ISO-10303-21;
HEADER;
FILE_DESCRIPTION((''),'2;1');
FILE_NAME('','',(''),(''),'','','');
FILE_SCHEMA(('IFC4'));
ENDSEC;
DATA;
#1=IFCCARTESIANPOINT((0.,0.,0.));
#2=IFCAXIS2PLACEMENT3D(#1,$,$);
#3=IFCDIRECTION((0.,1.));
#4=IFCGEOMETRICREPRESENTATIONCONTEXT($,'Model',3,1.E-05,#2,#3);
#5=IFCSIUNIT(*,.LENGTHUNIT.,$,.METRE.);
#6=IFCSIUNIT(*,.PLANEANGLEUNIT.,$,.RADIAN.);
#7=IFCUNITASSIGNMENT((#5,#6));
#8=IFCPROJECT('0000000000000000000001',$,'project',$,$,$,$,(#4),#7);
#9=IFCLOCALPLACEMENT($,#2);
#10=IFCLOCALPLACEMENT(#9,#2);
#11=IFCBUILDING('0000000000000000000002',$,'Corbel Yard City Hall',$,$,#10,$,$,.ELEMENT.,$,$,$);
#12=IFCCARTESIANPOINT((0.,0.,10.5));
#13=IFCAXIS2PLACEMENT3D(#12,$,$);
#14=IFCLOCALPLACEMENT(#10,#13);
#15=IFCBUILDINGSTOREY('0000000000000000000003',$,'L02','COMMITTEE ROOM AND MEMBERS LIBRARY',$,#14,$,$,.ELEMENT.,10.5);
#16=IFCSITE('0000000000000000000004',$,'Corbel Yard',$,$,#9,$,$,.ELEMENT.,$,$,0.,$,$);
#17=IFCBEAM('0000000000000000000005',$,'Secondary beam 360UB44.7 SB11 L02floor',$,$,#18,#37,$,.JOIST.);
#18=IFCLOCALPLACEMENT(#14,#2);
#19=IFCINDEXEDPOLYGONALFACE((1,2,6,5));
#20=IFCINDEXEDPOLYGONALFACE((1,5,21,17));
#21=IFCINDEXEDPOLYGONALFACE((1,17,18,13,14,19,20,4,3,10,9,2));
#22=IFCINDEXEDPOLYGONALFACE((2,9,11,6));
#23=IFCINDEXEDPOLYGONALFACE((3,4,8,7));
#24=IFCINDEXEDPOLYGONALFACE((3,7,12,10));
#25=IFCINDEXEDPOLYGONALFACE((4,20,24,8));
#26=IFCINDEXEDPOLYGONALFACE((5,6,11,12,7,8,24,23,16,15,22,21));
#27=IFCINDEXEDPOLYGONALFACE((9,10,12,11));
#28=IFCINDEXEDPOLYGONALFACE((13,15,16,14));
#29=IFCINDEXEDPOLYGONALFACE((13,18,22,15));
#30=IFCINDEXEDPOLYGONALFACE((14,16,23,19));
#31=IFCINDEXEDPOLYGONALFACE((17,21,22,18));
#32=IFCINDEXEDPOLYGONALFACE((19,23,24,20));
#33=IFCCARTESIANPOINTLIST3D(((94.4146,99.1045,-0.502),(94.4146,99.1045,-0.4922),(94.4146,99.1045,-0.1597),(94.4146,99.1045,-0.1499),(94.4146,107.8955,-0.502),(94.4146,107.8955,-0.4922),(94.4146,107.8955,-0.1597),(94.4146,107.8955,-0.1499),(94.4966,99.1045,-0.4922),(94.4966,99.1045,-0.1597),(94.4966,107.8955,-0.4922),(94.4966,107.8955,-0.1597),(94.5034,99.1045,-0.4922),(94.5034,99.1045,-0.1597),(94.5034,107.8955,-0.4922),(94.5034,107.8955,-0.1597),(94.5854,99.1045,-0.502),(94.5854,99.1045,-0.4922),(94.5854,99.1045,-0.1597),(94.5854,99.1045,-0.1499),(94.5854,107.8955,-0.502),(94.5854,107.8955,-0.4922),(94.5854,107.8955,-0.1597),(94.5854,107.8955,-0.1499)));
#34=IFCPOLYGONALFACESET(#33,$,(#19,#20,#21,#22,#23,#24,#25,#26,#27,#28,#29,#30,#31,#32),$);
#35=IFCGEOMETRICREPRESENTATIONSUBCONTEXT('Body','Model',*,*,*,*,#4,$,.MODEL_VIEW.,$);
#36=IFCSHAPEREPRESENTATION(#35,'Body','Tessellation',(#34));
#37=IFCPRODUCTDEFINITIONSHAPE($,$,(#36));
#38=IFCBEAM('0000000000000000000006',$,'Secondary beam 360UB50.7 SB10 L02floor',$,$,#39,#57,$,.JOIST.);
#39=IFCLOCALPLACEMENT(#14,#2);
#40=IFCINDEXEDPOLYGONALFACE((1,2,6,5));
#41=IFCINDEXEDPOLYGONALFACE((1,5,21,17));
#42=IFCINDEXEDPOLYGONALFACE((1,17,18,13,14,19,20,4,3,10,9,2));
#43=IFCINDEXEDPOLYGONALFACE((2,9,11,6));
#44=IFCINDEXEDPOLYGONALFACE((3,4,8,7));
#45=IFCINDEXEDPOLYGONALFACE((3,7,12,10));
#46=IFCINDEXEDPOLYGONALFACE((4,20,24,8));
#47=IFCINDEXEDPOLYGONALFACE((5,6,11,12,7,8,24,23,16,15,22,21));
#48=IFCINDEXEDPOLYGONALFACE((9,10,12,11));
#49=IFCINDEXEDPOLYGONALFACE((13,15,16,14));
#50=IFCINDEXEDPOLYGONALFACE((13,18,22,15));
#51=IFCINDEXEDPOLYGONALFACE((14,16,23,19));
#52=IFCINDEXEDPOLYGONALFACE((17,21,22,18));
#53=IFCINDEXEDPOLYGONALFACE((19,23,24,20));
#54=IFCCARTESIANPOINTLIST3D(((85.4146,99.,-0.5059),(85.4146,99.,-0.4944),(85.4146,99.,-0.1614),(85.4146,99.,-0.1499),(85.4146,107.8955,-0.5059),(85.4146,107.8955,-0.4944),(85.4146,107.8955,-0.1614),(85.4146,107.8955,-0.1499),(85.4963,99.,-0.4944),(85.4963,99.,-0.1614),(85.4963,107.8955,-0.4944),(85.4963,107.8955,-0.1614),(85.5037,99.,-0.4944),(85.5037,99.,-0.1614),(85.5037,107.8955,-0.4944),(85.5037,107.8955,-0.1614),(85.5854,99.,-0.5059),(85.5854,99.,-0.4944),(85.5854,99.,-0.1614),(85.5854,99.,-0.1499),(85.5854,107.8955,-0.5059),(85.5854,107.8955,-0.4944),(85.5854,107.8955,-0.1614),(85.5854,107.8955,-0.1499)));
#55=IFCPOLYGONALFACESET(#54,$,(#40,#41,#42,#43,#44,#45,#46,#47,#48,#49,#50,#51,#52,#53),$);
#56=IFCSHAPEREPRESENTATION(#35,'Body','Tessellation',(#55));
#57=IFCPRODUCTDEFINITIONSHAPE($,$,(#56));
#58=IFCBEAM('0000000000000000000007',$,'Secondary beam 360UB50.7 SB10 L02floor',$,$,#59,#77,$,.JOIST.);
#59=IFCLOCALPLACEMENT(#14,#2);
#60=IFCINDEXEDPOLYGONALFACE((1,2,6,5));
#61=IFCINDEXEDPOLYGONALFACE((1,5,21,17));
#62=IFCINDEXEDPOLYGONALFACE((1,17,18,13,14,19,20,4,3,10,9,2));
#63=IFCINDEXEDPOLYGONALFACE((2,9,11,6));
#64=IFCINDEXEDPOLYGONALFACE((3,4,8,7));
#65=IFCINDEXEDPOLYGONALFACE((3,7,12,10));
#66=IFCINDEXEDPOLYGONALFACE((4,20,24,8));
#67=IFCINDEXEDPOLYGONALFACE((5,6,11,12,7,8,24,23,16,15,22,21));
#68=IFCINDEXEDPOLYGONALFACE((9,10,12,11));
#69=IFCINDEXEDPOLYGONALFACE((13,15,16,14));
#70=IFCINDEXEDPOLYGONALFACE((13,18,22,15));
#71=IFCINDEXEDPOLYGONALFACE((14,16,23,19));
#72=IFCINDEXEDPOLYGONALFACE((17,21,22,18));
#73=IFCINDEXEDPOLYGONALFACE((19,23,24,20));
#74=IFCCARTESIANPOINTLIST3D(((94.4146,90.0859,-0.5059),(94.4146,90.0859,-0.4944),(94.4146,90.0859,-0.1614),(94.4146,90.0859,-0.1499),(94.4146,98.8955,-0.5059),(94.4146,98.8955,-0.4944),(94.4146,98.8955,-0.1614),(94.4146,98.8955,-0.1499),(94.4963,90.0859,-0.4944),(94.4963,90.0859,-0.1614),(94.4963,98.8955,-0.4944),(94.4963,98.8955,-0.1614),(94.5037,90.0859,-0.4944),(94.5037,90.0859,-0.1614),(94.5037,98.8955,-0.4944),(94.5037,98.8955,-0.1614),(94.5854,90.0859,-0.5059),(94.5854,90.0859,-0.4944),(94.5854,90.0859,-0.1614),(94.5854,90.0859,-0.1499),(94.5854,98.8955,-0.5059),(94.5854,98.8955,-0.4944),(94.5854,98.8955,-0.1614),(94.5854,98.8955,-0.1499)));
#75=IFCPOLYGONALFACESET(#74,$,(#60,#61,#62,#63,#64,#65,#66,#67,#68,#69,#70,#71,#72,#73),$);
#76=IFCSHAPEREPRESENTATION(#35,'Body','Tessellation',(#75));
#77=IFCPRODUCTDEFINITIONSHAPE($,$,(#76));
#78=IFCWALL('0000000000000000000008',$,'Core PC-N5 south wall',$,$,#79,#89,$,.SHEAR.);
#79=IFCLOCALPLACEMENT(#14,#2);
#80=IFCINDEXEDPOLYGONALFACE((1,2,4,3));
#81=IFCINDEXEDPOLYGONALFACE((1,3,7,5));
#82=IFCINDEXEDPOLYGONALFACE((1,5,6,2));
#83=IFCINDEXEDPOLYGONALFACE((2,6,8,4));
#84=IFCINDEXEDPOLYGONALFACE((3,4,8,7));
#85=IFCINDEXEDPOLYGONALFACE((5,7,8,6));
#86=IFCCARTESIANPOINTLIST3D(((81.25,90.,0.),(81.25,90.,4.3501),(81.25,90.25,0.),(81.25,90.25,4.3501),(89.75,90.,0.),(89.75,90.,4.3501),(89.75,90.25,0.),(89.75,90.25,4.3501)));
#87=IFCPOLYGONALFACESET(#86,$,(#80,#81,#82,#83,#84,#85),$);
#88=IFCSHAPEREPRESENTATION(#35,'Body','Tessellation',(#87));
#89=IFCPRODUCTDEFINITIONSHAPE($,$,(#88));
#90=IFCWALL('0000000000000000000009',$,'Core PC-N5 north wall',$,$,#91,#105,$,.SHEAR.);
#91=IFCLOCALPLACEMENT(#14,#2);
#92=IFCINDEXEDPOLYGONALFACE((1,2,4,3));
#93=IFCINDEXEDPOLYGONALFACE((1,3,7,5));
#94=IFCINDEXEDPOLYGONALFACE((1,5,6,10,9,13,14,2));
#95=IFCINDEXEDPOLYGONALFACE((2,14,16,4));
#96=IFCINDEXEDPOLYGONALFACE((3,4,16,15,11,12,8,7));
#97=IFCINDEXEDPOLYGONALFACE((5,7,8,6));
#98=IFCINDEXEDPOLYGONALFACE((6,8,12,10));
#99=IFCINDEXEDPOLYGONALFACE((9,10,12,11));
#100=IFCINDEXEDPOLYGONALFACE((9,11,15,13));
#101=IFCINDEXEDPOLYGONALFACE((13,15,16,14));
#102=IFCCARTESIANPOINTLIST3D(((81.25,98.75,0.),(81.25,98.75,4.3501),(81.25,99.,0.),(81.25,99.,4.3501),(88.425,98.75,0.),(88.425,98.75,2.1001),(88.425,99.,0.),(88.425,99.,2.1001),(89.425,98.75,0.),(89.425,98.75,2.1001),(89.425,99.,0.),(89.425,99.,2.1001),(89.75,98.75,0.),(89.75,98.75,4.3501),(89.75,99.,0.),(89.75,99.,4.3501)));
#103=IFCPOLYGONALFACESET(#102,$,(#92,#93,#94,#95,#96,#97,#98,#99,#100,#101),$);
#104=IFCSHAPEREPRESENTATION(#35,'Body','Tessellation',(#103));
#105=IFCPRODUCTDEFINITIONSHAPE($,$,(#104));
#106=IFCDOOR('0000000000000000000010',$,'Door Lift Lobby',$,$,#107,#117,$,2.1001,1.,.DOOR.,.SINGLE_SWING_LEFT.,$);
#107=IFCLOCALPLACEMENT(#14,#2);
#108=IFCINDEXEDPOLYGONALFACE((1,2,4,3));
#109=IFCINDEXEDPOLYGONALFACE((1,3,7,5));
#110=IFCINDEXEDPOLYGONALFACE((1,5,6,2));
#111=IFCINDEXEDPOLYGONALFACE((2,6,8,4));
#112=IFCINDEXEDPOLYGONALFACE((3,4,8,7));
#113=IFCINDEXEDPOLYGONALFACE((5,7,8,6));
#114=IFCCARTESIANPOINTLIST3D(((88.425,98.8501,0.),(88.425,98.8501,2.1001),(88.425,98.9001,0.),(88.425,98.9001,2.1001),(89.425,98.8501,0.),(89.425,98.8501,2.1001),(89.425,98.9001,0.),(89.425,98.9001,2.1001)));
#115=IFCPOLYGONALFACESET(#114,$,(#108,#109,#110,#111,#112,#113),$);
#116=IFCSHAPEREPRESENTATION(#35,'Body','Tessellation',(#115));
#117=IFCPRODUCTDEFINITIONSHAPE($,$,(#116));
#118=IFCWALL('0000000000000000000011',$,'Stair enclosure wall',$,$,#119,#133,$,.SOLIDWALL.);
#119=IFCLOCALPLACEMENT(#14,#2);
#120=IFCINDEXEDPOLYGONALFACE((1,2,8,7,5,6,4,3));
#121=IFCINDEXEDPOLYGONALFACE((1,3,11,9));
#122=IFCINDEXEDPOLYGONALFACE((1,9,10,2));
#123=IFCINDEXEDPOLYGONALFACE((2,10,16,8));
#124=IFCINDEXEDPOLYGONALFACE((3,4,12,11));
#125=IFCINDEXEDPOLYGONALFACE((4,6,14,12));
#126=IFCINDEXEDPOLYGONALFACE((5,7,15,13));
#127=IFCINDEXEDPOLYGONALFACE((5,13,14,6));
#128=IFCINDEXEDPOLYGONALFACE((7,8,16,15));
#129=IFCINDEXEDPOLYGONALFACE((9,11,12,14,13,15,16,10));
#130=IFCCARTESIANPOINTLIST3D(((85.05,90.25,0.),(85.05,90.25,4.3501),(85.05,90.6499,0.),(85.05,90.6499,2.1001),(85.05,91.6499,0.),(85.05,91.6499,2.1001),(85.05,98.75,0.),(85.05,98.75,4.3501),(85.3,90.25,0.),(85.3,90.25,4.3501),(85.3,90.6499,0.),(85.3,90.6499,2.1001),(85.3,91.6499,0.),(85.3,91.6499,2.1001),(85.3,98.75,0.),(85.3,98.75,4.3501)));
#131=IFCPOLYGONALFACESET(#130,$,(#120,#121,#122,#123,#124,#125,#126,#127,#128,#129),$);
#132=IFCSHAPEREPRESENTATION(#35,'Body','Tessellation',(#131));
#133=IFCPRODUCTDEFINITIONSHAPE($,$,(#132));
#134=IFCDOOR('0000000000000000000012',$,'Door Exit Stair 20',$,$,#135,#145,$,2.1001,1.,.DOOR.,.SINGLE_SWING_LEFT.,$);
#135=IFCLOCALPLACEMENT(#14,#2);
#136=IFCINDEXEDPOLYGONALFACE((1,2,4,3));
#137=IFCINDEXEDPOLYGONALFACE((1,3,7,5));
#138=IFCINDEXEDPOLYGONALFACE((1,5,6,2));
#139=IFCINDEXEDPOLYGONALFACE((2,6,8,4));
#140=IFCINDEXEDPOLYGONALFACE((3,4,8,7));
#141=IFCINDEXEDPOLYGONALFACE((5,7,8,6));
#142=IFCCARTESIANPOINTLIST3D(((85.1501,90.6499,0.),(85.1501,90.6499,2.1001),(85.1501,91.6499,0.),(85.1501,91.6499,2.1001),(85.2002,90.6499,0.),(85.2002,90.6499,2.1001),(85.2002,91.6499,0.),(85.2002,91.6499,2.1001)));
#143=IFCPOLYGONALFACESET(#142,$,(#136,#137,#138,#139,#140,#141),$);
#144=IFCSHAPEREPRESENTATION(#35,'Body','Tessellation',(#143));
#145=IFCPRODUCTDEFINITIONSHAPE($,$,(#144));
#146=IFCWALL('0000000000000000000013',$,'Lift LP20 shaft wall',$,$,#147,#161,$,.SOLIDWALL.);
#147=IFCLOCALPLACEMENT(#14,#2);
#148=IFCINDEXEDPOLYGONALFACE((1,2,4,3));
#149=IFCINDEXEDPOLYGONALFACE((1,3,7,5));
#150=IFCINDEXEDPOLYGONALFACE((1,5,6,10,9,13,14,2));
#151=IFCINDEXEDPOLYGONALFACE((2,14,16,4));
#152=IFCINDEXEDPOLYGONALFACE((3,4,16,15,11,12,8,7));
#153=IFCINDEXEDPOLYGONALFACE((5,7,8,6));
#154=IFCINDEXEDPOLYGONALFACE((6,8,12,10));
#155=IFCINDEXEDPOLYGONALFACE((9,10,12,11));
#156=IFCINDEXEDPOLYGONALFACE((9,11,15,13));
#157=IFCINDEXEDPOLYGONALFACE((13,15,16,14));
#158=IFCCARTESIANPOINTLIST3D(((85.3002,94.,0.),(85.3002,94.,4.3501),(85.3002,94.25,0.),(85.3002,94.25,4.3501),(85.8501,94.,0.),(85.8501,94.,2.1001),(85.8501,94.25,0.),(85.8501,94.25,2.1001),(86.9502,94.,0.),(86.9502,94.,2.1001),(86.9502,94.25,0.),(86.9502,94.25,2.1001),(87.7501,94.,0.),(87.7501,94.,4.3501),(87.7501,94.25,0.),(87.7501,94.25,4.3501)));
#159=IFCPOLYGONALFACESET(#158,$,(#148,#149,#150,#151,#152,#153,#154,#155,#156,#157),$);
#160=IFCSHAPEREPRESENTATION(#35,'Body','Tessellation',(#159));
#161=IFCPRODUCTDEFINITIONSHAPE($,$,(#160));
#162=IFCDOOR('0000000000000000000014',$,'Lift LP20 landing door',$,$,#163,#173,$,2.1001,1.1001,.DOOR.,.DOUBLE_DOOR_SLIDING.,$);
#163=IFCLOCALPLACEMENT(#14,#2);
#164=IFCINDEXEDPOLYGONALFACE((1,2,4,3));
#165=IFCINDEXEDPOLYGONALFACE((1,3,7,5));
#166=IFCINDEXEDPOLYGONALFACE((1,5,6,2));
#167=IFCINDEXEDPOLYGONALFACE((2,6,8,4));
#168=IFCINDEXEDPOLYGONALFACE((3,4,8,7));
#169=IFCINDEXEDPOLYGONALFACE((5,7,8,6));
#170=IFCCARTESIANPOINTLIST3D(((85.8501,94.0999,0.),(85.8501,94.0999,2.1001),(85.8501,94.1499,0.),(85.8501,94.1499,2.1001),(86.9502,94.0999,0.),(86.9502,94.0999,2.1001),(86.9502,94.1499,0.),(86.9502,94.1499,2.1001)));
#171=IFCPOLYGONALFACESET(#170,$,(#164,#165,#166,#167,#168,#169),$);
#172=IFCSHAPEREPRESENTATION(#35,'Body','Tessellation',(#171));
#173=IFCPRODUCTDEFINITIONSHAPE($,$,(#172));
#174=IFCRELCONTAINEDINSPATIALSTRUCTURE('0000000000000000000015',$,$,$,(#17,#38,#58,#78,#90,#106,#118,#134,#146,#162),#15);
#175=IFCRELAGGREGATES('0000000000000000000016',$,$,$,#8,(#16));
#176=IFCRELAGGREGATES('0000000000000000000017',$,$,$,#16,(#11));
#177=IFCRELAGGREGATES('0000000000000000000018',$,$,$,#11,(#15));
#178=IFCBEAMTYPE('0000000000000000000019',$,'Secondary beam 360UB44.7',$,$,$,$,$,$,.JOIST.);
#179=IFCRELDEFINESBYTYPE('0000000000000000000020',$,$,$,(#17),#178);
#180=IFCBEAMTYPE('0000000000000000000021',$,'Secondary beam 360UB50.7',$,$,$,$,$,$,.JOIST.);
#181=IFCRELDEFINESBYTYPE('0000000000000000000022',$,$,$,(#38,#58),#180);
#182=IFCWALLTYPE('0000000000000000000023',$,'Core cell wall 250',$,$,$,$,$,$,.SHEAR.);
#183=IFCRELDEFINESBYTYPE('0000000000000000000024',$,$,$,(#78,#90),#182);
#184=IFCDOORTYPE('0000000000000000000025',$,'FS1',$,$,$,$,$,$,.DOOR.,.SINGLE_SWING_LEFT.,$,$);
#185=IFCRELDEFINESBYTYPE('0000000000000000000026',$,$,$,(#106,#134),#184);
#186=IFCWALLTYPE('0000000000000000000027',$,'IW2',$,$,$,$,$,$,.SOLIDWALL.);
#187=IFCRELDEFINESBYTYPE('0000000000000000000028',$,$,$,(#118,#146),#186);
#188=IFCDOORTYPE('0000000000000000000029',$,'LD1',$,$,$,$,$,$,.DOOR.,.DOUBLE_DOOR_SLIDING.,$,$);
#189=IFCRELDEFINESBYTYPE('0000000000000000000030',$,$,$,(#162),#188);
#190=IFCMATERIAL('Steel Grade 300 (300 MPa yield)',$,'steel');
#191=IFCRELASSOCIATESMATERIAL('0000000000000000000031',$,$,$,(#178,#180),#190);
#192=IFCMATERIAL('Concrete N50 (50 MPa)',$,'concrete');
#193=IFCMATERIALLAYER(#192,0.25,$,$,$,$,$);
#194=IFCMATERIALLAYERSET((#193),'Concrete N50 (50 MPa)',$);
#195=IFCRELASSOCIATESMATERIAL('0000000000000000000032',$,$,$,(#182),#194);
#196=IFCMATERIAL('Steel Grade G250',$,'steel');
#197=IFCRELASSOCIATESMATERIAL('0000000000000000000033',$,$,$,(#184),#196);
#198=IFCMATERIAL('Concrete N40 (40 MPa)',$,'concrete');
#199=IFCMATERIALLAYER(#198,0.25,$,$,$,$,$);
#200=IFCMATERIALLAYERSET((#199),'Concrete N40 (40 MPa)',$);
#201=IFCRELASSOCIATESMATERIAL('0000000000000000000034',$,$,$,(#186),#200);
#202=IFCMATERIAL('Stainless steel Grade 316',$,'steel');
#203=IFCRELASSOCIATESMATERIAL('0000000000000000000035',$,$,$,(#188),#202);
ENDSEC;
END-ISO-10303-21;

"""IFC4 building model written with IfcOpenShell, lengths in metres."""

from ifc_helpers import new_model, si_unit, direction, frame, frame_2d, origin, origin_2d, place, context, subcontext, project, spatial, rectangle, i_section, extrude, material, layer, layer_set, material_profile, profile_set, type_object, element, fill, save


model = new_model("IFC4")

# Units and contexts
model_context = context("Model", 3, precision=1e-05, world=origin(), true_north=direction((0.0, 1.0)))
body_context = subcontext(model_context, "Body", "Model", "MODEL_VIEW")
ifc_project = project(units=[si_unit("LENGTHUNIT", "METRE"), si_unit("PLANEANGLEUNIT", "RADIAN")], contexts=[model_context])

# Site, building, storey
site_placement = place(None, origin())
site = spatial("IfcSite", under=ifc_project, at=site_placement, Name="Corbel Yard", CompositionType="ELEMENT", RefElevation=0.0)
building_placement = place(site_placement, origin())
building = spatial("IfcBuilding", under=site, at=building_placement, Name="Corbel Yard City Hall", CompositionType="ELEMENT")
storey_placement = place(building_placement, frame((0.0, 0.0, 10.5)))
storey = spatial("IfcBuildingStorey", under=building, at=storey_placement, Name="L02", Description="COMMITTEE ROOM AND MEMBERS LIBRARY", CompositionType="ELEMENT", Elevation=10.5)

# Shared definitions
ifc_material_1 = material(Name="Steel Grade 300 (300 MPa yield)", Category="steel")

# Beams
ifc_material_profile_1 = material_profile(ifc_material_1, i_section(OverallWidth=0.1709, OverallDepth=0.3521, WebThickness=0.0068, FlangeThickness=0.0098, at=origin_2d()), Name="360UB44.7")
ifc_profile_set_1 = profile_set([ifc_material_profile_1], Name="Steel Grade 300 (300 MPa yield)")
beam_type_1 = type_object("IfcBeamType", Name="Secondary beam 360UB44.7", PredefinedType="JOIST", material=ifc_profile_set_1)
beam_1_placement = place(storey_placement, frame((94.5, 99.1045, -0.3259), z_axis=(0.0, 1.0, 0.0), x_axis=(-1.0, 0.0, 0.0)))
element("IfcBeam", 1, at=beam_1_placement, inside=storey, type_object=beam_type_1, Name="Secondary beam 360UB44.7 SB11 L02floor", PredefinedType="JOIST", context=body_context, shape_type="SweptSolid", body=[
    extrude(i_section(OverallWidth=0.1709, OverallDepth=0.3521, WebThickness=0.0068, FlangeThickness=0.0098, at=origin_2d()), origin(), (0.0, 0.0, 1.0), 8.791),
])
ifc_material_profile_2 = material_profile(ifc_material_1, i_section(OverallWidth=0.1709, OverallDepth=0.356, WebThickness=0.0073, FlangeThickness=0.0115, at=origin_2d()), Name="360UB50.7")
ifc_profile_set_2 = profile_set([ifc_material_profile_2], Name="Steel Grade 300 (300 MPa yield)")
beam_type_2 = type_object("IfcBeamType", Name="Secondary beam 360UB50.7", PredefinedType="JOIST", material=ifc_profile_set_2)
beam_2_placement = place(storey_placement, frame((85.5, 99.0, -0.3279), z_axis=(0.0, 1.0, 0.0), x_axis=(-1.0, 0.0, 0.0)))
element("IfcBeam", 2, at=beam_2_placement, inside=storey, type_object=beam_type_2, Name="Secondary beam 360UB50.7 SB10 L02floor", PredefinedType="JOIST", context=body_context, shape_type="SweptSolid", body=[
    extrude(i_section(OverallWidth=0.1709, OverallDepth=0.356, WebThickness=0.0073, FlangeThickness=0.0115, at=origin_2d()), origin(), (0.0, 0.0, 1.0), 8.8955),
])
beam_3_placement = place(storey_placement, frame((94.5, 90.0859, -0.3279), z_axis=(0.0, 1.0, 0.0), x_axis=(-1.0, 0.0, 0.0)))
element("IfcBeam", 3, at=beam_3_placement, inside=storey, type_object=beam_type_2, Name="Secondary beam 360UB50.7 SB10 L02floor", PredefinedType="JOIST", context=body_context, shape_type="SweptSolid", body=[
    extrude(i_section(OverallWidth=0.1709, OverallDepth=0.356, WebThickness=0.0073, FlangeThickness=0.0115, at=origin_2d()), origin(), (0.0, 0.0, 1.0), 8.8096),
])

# Wall
ifc_material_2 = material(Name="Concrete N50 (50 MPa)", Category="concrete")
ifc_layer_1 = layer(ifc_material_2, 0.25)
ifc_layer_set_1 = layer_set([ifc_layer_1], Name="Concrete N50 (50 MPa)")
wall_type_1 = type_object("IfcWallType", Name="Core cell wall 250", PredefinedType="SHEAR", material=ifc_layer_set_1)
wall_1_placement = place(storey_placement, frame((81.25, 90.125, 0.0), z_axis=(0.0, 0.0, 1.0), x_axis=(1.0, 0.0, 0.0)))
element("IfcWall", 4, at=wall_1_placement, inside=storey, type_object=wall_type_1, Name="Core PC-N5 south wall", PredefinedType="SHEAR", context=body_context, shape_type="SweptSolid", body=[
    extrude(rectangle(XDim=8.5, YDim=0.25, at=frame_2d((4.25, 0.0))), origin(), (0.0, 0.0, 1.0), 4.3501),
])

# Walls, openings, doors
wall_2_placement = place(storey_placement, frame((81.25, 98.875, 0.0), z_axis=(0.0, 0.0, 1.0), x_axis=(1.0, 0.0, 0.0)))
wall_2 = element("IfcWall", 5, at=wall_2_placement, inside=storey, type_object=wall_type_1, Name="Core PC-N5 north wall", PredefinedType="SHEAR", context=body_context, shape_type="SweptSolid", body=[
    extrude(rectangle(XDim=8.5, YDim=0.25, at=frame_2d((4.25, 0.0))), origin(), (0.0, 0.0, 1.0), 4.3501),
])
opening_1_placement = place(wall_2_placement, frame((7.175, 0.0, 0.0)))
opening_1 = element("IfcOpeningElement", 6, at=opening_1_placement, cuts=wall_2, PredefinedType="OPENING", context=body_context, shape_type="SweptSolid", body=[
    extrude(rectangle(XDim=1.0, YDim=2.1001, at=frame_2d((0.5, 1.05))), frame((0.0, 0.135, 0.0), z_axis=(0.0, -1.0, 0.0), x_axis=(1.0, 0.0, 0.0)), (0.0, 0.0, 1.0), 0.27),
])
ifc_material_3 = material(Name="Steel Grade G250", Category="steel")
door_type_1 = type_object("IfcDoorType", Name="FS1", OperationType="SINGLE_SWING_LEFT", PredefinedType="DOOR", material=ifc_material_3)
door_1_placement = place(opening_1_placement, frame((1.0, 0.0, 0.0), z_axis=(0.0, 0.0, 1.0), x_axis=(-1.0, 0.0, 0.0)))
door_1 = element("IfcDoor", 7, at=door_1_placement, inside=storey, type_object=door_type_1, Name="Door Lift Lobby", OperationType="SINGLE_SWING_LEFT", OverallHeight=2.1001, OverallWidth=1.0, PredefinedType="DOOR", context=body_context, shape_type="SweptSolid", body=[
    extrude(rectangle(XDim=1.0, YDim=2.1001, at=frame_2d((0.5, 1.05))), frame((0.0, 0.0249, 0.0), z_axis=(0.0, -1.0, 0.0), x_axis=(1.0, 0.0, 0.0)), (0.0, 0.0, 1.0), 0.05),
])
fill(opening_1, door_1)
ifc_material_4 = material(Name="Concrete N40 (40 MPa)", Category="concrete")
ifc_layer_2 = layer(ifc_material_4, 0.25)
ifc_layer_set_2 = layer_set([ifc_layer_2], Name="Concrete N40 (40 MPa)")
wall_type_2 = type_object("IfcWallType", Name="IW2", PredefinedType="SOLIDWALL", material=ifc_layer_set_2)
wall_3_placement = place(storey_placement, frame((85.175, 90.25, 0.0), z_axis=(0.0, 0.0, 1.0), x_axis=(0.0, 1.0, 0.0)))
wall_3 = element("IfcWall", 8, at=wall_3_placement, inside=storey, type_object=wall_type_2, Name="Stair enclosure wall", PredefinedType="SOLIDWALL", context=body_context, shape_type="SweptSolid", body=[
    extrude(rectangle(XDim=8.5, YDim=0.25, at=frame_2d((4.25, 0.0))), origin(), (0.0, 0.0, 1.0), 4.3501),
])
opening_2_placement = place(wall_3_placement, frame((0.3999, 0.0, 0.0)))
opening_2 = element("IfcOpeningElement", 9, at=opening_2_placement, cuts=wall_3, PredefinedType="OPENING", context=body_context, shape_type="SweptSolid", body=[
    extrude(rectangle(XDim=1.0, YDim=2.1001, at=frame_2d((0.5, 1.05))), frame((0.0, 0.135, 0.0), z_axis=(0.0, -1.0, 0.0), x_axis=(1.0, 0.0, 0.0)), (0.0, 0.0, 1.0), 0.27),
])
door_2_placement = place(opening_2_placement, origin())
door_2 = element("IfcDoor", 10, at=door_2_placement, inside=storey, type_object=door_type_1, Name="Door Exit Stair 20", OperationType="SINGLE_SWING_LEFT", OverallHeight=2.1001, OverallWidth=1.0, PredefinedType="DOOR", context=body_context, shape_type="SweptSolid", body=[
    extrude(rectangle(XDim=1.0, YDim=2.1001, at=frame_2d((0.5, 1.05))), frame((0.0, 0.0249, 0.0), z_axis=(0.0, -1.0, 0.0), x_axis=(1.0, 0.0, 0.0)), (0.0, 0.0, 1.0), 0.05),
])
fill(opening_2, door_2)
wall_4_placement = place(storey_placement, frame((85.3, 94.125, 0.0), z_axis=(0.0, 0.0, 1.0), x_axis=(1.0, 0.0, 0.0)))
wall_4 = element("IfcWall", 11, at=wall_4_placement, inside=storey, type_object=wall_type_2, Name="Lift LP20 shaft wall", PredefinedType="SOLIDWALL", context=body_context, shape_type="SweptSolid", body=[
    extrude(rectangle(XDim=2.45, YDim=0.25, at=frame_2d((1.2251, 0.0))), origin(), (0.0, 0.0, 1.0), 4.3501),
])
opening_3_placement = place(wall_4_placement, frame((0.55, 0.0, 0.0)))
opening_3 = element("IfcOpeningElement", 12, at=opening_3_placement, cuts=wall_4, PredefinedType="OPENING", context=body_context, shape_type="SweptSolid", body=[
    extrude(rectangle(XDim=1.1001, YDim=2.1001, at=frame_2d((0.55, 1.05))), frame((0.0, 0.135, 0.0), z_axis=(0.0, -1.0, 0.0), x_axis=(1.0, 0.0, 0.0)), (0.0, 0.0, 1.0), 0.27),
])
ifc_material_5 = material(Name="Stainless steel Grade 316", Category="steel")
door_type_2 = type_object("IfcDoorType", Name="LD1", OperationType="DOUBLE_DOOR_SLIDING", PredefinedType="DOOR", material=ifc_material_5)
door_3_placement = place(opening_3_placement, origin())
door_3 = element("IfcDoor", 13, at=door_3_placement, inside=storey, type_object=door_type_2, Name="Lift LP20 landing door", OperationType="DOUBLE_DOOR_SLIDING", OverallHeight=2.1001, OverallWidth=1.1001, PredefinedType="DOOR", context=body_context, shape_type="SweptSolid", body=[
    extrude(rectangle(XDim=1.1001, YDim=2.1001, at=frame_2d((0.55, 1.05))), frame((0.0, 0.0249, 0.0), z_axis=(0.0, -1.0, 0.0), x_axis=(1.0, 0.0, 0.0)), (0.0, 0.0, 1.0), 0.05),
])
fill(opening_3, door_3)

save(model, "model.ifc")
